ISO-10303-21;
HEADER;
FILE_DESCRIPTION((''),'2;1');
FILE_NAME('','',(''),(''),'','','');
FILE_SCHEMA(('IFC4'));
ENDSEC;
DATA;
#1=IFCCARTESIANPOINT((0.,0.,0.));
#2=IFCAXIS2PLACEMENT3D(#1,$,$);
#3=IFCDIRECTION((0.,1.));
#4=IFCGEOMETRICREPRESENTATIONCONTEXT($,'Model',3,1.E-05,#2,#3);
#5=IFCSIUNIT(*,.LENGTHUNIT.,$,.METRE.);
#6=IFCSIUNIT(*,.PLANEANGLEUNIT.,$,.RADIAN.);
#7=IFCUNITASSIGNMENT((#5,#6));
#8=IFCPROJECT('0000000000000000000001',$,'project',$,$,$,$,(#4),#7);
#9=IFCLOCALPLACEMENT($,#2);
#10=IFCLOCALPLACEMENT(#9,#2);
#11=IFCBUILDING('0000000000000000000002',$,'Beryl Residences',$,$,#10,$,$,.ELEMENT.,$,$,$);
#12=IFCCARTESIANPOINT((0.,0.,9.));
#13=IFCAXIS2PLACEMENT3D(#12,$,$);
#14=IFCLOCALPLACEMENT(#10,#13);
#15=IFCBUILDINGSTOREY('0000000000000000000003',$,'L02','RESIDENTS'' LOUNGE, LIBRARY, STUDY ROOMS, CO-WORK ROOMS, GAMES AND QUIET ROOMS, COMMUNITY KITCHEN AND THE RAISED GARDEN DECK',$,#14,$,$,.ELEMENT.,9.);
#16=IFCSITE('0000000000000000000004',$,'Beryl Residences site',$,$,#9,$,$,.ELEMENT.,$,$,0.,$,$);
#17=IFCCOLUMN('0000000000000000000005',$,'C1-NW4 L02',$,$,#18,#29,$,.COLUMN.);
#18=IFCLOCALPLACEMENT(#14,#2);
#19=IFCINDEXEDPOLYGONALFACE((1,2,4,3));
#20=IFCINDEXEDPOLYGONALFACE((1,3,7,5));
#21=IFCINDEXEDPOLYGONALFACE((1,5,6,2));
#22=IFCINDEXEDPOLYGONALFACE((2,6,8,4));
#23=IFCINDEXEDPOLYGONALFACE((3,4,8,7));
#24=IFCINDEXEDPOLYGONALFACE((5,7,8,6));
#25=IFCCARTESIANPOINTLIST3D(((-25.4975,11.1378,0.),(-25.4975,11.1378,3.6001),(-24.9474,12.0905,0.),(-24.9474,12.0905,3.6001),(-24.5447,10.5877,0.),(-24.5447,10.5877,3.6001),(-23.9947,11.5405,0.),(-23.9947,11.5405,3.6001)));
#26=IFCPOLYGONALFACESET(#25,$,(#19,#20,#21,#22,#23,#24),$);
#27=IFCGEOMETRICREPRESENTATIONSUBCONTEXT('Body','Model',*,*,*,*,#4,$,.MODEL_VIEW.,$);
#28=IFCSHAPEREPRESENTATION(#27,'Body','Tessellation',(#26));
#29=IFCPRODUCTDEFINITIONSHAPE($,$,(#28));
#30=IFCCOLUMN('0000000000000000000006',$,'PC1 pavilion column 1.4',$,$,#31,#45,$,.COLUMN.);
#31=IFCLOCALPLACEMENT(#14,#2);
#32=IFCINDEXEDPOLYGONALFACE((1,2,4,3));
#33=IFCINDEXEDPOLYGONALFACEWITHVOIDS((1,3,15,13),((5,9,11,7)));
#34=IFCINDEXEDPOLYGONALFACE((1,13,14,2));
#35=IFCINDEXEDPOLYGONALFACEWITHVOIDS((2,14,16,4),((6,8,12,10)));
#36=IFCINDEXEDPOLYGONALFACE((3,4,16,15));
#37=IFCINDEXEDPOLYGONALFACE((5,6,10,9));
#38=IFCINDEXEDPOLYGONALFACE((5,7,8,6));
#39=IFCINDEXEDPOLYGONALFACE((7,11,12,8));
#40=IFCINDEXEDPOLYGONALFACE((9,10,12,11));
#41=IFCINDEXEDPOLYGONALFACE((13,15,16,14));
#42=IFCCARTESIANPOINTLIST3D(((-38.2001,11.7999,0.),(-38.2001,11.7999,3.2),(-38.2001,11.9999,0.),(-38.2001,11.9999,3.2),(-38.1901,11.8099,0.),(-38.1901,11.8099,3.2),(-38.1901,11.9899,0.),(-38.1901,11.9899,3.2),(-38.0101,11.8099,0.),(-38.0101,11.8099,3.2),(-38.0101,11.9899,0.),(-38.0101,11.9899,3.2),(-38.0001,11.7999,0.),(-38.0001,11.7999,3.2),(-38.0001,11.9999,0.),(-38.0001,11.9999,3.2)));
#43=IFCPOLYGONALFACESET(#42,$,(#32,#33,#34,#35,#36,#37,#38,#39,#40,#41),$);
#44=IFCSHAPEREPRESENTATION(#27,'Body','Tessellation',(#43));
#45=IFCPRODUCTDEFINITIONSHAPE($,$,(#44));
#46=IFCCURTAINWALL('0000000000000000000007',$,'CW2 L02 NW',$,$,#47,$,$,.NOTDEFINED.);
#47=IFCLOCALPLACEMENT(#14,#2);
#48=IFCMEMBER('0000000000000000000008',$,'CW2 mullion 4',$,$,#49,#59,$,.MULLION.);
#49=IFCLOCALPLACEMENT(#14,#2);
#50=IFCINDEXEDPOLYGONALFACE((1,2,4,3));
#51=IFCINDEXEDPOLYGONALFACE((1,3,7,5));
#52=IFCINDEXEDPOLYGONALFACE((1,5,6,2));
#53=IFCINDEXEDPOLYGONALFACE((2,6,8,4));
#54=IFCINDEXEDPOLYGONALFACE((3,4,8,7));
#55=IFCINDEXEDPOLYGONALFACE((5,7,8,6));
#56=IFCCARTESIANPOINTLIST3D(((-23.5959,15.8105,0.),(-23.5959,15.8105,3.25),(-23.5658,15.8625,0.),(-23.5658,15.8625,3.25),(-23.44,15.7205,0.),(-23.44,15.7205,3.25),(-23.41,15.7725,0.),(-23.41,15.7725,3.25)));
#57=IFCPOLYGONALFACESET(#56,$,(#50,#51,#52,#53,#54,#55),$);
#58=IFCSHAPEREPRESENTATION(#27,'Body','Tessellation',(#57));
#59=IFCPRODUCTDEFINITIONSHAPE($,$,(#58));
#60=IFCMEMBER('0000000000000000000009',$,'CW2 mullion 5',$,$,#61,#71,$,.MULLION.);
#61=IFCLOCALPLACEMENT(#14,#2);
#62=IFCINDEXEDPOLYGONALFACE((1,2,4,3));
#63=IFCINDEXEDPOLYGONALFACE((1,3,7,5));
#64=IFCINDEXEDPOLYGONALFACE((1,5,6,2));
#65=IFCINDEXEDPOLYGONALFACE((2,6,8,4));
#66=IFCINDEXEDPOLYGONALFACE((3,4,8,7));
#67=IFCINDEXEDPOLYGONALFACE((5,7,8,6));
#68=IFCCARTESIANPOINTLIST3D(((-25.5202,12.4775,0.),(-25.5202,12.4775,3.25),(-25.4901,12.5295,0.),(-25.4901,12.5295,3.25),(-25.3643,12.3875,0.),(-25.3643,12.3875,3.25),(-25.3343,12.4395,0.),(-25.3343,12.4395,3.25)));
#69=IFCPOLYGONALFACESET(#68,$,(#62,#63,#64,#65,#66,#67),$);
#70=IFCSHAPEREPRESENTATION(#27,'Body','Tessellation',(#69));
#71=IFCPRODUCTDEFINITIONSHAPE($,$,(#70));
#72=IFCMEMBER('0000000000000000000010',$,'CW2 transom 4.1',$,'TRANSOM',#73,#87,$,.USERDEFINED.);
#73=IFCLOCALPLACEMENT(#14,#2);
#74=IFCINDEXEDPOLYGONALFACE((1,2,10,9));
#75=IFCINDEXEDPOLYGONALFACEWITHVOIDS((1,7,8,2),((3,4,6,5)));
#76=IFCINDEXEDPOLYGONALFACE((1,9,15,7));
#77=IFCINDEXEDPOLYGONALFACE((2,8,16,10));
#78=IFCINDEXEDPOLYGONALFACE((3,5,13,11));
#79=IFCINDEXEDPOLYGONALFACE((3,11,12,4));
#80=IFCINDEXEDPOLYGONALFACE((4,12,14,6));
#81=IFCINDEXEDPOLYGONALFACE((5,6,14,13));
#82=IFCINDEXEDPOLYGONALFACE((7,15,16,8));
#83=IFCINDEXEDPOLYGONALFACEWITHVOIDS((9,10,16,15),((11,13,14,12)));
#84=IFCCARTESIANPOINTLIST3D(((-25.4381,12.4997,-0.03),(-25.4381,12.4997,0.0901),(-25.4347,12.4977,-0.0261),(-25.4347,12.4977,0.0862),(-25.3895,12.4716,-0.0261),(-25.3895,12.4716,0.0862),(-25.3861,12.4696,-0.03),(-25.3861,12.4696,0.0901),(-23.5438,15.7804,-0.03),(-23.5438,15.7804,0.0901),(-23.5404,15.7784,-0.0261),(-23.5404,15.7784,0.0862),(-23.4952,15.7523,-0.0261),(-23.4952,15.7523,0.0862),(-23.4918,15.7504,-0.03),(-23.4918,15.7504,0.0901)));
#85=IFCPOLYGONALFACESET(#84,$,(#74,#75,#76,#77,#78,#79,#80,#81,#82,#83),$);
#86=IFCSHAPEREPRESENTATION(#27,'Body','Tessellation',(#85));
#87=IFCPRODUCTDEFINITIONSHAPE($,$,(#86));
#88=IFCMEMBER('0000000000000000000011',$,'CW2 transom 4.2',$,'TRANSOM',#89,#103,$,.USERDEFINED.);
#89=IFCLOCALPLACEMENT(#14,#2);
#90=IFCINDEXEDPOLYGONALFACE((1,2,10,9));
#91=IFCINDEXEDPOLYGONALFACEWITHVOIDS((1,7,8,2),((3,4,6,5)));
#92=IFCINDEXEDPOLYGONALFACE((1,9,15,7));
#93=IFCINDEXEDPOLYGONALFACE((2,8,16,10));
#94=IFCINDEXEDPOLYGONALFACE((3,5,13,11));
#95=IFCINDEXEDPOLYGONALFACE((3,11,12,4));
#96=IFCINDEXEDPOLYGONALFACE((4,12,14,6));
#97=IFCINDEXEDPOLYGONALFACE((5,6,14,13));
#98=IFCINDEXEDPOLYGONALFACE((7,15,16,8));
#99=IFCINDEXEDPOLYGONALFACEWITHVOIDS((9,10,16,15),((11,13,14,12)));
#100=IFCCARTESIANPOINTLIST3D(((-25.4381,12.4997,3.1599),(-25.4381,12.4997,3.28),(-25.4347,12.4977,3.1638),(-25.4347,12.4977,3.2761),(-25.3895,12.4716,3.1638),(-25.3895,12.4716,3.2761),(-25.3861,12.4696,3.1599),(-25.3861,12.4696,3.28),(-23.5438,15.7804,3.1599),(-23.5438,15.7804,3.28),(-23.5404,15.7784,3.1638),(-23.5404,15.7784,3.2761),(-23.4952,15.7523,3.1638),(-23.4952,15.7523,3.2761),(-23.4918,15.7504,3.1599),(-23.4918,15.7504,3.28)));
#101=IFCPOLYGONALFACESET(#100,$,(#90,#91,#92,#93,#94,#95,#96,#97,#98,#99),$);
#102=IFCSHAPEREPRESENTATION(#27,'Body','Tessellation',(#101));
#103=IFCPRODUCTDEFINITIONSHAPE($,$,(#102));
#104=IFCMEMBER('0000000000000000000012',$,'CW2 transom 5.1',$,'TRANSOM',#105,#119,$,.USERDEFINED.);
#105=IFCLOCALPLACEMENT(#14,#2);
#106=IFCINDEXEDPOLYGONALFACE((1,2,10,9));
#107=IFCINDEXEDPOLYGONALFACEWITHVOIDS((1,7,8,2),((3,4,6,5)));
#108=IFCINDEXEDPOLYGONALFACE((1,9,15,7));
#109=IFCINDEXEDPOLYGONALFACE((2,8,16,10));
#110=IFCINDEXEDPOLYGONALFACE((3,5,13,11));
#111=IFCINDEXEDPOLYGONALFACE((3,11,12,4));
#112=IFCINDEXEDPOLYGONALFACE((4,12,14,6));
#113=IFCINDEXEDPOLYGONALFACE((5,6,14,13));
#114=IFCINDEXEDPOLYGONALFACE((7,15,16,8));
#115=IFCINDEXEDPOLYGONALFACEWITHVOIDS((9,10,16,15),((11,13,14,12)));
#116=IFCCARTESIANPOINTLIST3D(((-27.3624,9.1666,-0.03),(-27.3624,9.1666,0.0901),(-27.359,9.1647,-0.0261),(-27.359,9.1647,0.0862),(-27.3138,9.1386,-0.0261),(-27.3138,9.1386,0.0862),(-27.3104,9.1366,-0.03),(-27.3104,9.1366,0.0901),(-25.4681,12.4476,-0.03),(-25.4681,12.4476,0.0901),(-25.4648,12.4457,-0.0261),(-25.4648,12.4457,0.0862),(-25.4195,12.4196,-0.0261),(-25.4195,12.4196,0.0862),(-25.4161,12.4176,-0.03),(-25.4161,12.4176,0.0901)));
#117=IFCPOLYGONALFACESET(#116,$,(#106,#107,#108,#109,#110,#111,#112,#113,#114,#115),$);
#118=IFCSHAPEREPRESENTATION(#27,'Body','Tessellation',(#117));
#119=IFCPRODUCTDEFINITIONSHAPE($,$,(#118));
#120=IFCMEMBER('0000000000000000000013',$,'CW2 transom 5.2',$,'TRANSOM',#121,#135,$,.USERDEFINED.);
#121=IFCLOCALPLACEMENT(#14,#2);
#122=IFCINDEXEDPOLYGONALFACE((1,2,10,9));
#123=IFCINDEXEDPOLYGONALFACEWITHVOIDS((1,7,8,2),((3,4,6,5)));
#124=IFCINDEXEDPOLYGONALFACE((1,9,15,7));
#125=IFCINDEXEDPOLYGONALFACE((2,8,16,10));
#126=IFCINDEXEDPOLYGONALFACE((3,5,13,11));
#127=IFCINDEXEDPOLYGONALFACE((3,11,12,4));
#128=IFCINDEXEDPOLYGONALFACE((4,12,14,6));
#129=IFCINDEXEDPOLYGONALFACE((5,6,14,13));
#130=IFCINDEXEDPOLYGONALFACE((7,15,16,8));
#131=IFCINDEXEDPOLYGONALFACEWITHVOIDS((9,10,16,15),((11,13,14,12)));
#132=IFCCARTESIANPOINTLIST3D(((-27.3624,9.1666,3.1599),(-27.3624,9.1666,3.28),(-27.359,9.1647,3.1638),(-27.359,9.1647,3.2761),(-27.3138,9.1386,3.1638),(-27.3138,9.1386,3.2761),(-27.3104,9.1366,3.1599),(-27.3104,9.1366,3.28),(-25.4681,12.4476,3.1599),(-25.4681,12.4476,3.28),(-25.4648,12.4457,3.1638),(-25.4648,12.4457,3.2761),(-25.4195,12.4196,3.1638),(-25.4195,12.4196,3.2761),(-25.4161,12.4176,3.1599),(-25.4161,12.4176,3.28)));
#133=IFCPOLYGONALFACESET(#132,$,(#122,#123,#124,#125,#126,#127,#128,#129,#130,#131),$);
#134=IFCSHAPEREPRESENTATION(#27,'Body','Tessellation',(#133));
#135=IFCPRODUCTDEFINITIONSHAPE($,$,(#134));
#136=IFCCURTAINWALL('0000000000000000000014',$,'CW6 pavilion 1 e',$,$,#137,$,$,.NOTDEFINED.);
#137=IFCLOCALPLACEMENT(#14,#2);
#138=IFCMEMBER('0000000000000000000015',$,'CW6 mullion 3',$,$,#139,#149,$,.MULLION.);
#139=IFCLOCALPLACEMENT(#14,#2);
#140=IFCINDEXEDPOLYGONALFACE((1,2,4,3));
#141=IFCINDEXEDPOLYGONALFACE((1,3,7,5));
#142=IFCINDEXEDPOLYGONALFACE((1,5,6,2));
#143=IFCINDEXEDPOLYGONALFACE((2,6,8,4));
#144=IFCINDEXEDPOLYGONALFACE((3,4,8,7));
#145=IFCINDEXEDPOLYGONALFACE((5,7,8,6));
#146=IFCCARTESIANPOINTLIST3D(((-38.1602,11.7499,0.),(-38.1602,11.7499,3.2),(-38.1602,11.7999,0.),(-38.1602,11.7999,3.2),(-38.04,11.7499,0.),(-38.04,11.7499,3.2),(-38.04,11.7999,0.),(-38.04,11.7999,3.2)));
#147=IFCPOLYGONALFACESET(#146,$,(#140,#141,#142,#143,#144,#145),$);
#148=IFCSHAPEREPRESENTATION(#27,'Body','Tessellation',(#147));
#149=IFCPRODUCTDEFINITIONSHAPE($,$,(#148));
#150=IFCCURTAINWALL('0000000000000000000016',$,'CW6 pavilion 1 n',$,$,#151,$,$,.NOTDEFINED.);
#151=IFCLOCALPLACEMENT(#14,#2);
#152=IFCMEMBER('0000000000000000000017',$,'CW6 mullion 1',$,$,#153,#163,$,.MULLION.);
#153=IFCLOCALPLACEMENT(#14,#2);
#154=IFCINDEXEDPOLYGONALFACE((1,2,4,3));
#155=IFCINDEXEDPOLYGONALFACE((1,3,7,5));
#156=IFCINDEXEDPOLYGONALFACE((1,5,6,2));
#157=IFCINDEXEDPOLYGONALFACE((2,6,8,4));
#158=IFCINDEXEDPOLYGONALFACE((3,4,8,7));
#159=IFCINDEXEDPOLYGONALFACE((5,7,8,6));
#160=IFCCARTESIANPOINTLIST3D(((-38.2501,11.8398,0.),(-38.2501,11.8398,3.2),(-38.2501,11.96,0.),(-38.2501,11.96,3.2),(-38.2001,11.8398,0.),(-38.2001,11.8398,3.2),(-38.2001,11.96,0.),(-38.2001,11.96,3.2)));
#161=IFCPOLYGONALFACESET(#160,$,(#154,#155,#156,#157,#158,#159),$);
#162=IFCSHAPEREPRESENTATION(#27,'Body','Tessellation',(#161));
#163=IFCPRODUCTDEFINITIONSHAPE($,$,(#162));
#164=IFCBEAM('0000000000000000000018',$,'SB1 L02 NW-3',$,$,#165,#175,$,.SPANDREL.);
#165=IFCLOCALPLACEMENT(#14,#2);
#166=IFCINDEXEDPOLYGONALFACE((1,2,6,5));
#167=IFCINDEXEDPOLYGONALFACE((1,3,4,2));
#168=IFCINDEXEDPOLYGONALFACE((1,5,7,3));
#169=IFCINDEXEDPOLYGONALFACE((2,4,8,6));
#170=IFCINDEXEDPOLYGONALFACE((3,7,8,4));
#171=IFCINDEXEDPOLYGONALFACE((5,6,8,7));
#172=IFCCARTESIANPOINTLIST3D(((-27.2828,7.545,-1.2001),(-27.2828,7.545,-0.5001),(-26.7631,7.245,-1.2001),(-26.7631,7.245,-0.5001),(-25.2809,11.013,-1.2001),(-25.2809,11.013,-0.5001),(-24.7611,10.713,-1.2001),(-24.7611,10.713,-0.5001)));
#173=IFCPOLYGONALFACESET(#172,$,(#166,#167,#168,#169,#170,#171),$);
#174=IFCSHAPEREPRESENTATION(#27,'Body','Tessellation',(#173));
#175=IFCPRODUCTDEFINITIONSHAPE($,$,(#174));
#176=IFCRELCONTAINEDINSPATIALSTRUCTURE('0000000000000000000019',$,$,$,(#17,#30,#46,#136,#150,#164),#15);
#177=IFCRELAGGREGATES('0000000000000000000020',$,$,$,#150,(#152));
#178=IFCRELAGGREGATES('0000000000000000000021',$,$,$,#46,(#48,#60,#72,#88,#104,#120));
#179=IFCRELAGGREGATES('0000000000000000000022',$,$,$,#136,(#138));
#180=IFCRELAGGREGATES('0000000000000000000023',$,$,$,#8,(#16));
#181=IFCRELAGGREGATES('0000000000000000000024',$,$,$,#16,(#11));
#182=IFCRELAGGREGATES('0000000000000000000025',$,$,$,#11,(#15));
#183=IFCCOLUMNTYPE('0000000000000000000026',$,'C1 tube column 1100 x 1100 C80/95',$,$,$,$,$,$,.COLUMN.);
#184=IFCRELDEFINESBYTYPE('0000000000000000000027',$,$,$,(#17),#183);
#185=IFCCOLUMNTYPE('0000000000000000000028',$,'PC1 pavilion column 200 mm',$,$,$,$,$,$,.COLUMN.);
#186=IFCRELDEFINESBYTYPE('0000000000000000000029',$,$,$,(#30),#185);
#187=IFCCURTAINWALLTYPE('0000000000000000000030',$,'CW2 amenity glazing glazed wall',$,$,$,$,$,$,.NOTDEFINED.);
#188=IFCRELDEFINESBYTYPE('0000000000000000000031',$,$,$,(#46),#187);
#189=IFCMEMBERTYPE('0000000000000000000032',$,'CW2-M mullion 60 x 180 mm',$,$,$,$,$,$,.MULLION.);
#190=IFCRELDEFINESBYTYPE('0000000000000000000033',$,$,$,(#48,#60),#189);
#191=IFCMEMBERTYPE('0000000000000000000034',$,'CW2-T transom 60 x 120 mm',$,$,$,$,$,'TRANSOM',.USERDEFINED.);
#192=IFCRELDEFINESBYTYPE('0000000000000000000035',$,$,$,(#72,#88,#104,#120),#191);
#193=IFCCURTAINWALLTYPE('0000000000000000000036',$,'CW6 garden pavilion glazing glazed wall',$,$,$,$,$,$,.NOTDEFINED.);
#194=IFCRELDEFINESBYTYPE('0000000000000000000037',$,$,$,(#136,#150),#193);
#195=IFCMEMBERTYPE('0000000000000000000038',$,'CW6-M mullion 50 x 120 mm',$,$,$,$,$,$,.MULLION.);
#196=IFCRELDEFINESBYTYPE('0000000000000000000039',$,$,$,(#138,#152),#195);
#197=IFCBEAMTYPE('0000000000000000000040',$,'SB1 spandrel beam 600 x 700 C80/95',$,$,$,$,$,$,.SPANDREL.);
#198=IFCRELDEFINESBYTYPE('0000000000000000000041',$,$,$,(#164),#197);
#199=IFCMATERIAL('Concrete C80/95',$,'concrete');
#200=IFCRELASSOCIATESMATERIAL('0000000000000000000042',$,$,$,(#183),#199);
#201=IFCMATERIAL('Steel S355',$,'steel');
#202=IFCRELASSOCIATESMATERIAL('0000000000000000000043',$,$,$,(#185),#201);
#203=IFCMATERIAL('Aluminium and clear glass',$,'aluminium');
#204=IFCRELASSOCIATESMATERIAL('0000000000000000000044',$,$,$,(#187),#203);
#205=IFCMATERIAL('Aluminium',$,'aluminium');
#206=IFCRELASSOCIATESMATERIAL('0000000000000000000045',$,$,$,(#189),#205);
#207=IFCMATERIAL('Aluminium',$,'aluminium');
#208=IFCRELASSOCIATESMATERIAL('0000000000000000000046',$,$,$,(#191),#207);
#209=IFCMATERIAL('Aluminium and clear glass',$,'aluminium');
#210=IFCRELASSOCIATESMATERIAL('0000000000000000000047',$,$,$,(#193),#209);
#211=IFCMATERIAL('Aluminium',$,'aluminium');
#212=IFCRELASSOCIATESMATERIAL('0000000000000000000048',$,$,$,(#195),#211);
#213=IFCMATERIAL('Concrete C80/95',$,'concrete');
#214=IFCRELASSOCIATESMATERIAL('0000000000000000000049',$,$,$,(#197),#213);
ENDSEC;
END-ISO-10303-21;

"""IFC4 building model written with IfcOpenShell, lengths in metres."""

from ifc_helpers import new_model, si_unit, direction, frame, origin, origin_2d, place, context, subcontext, project, spatial, rectangle, hollow_rectangle, extrude, material, material_profile, profile_set, type_object, element, aggregate, save


model = new_model("IFC4")

# Units and contexts
model_context = context("Model", 3, precision=1e-05, world=origin(), true_north=direction((0.0, 1.0)))
body_context = subcontext(model_context, "Body", "Model", "MODEL_VIEW")
ifc_project = project(units=[si_unit("LENGTHUNIT", "METRE"), si_unit("PLANEANGLEUNIT", "RADIAN")], contexts=[model_context])

# Site, building, storey
site_placement = place(None, origin())
site = spatial("IfcSite", under=ifc_project, at=site_placement, Name="Beryl Residences site", CompositionType="ELEMENT", RefElevation=0.0)
building_placement = place(site_placement, origin())
building = spatial("IfcBuilding", under=site, at=building_placement, Name="Beryl Residences", CompositionType="ELEMENT")
storey_placement = place(building_placement, frame((0.0, 0.0, 9.0)))
storey = spatial("IfcBuildingStorey", under=building, at=storey_placement, Name="L02", Description="RESIDENTS' LOUNGE, LIBRARY, STUDY ROOMS, CO-WORK ROOMS, GAMES AND QUIET ROOMS, COMMUNITY KITCHEN AND THE RAISED GARDEN DECK", CompositionType="ELEMENT", Elevation=9.0)

# Columns
ifc_material_1 = material(Name="Concrete C80/95", Category="concrete")
ifc_material_profile_1 = material_profile(ifc_material_1, rectangle(XDim=1.1001, YDim=1.1001, at=origin_2d()))
ifc_profile_set_1 = profile_set([ifc_material_profile_1], Name="Concrete C80/95")
column_type_1 = type_object("IfcColumnType", Name="C1 tube column 1100 x 1100 C80/95", PredefinedType="COLUMN", material=ifc_profile_set_1)
column_1_placement = place(storey_placement, frame((-24.7461, 11.3391, 0.0), z_axis=(0.0, 0.0, 1.0), x_axis=(-0.499985, -0.866034, 0.0)))
element("IfcColumn", 1, at=column_1_placement, inside=storey, type_object=column_type_1, Name="C1-NW4 L02", PredefinedType="COLUMN", context=body_context, shape_type="SweptSolid", body=[
    extrude(rectangle(XDim=1.1001, YDim=1.1001, at=origin_2d()), origin(), (0.0, 0.0, 1.0), 3.6001),
])
ifc_material_2 = material(Name="Steel S355", Category="steel")
ifc_material_profile_2 = material_profile(ifc_material_2, hollow_rectangle(XDim=0.2, YDim=0.2, WallThickness=0.01, at=origin_2d()))
ifc_profile_set_2 = profile_set([ifc_material_profile_2], Name="Steel S355")
column_type_2 = type_object("IfcColumnType", Name="PC1 pavilion column 200 mm", PredefinedType="COLUMN", material=ifc_profile_set_2)
column_2_placement = place(storey_placement, frame((-38.1001, 11.8999, 0.0), z_axis=(0.0, 0.0, 1.0), x_axis=(1.0, 0.0, 0.0)))
element("IfcColumn", 2, at=column_2_placement, inside=storey, type_object=column_type_2, Name="PC1 pavilion column 1.4", PredefinedType="COLUMN", context=body_context, shape_type="SweptSolid", body=[
    extrude(hollow_rectangle(XDim=0.2, YDim=0.2, WallThickness=0.01, at=origin_2d()), origin(), (0.0, 0.0, 1.0), 3.2),
])

# Curtain wall, members
ifc_material_3 = material(Name="Aluminium and clear glass", Category="aluminium")
curtain_wall_type_1 = type_object("IfcCurtainWallType", Name="CW2 amenity glazing glazed wall", PredefinedType="NOTDEFINED", material=ifc_material_3)
curtain_wall_1_placement = place(storey_placement, origin())
curtain_wall_1 = element("IfcCurtainWall", 3, at=curtain_wall_1_placement, inside=storey, type_object=curtain_wall_type_1, Name="CW2 L02 NW", PredefinedType="NOTDEFINED")
ifc_material_4 = material(Name="Aluminium", Category="aluminium")
ifc_material_profile_3 = material_profile(ifc_material_4, rectangle(XDim=0.0601, YDim=0.1799, at=origin_2d()))
ifc_profile_set_3 = profile_set([ifc_material_profile_3], Name="Aluminium")
member_type_1 = type_object("IfcMemberType", Name="CW2-M mullion 60 x 180 mm", PredefinedType="MULLION", material=ifc_profile_set_3)
member_1_placement = place(storey_placement, frame((-23.5029, 15.7915, 0.0), z_axis=(0.0, 0.0, 1.0), x_axis=(-0.500012, -0.866019, 0.0)))
member_1 = element("IfcMember", 4, at=member_1_placement, type_object=member_type_1, Name="CW2 mullion 4", PredefinedType="MULLION", context=body_context, shape_type="SweptSolid", body=[
    extrude(rectangle(XDim=0.0601, YDim=0.1799, at=origin_2d()), origin(), (0.0, 0.0, 1.0), 3.25),
])
member_2_placement = place(storey_placement, frame((-25.4272, 12.4585, 0.0), z_axis=(0.0, 0.0, 1.0), x_axis=(-0.500012, -0.866019, 0.0)))
member_2 = element("IfcMember", 5, at=member_2_placement, type_object=member_type_1, Name="CW2 mullion 5", PredefinedType="MULLION", context=body_context, shape_type="SweptSolid", body=[
    extrude(rectangle(XDim=0.0601, YDim=0.1799, at=origin_2d()), origin(), (0.0, 0.0, 1.0), 3.25),
])
ifc_material_5 = material(Name="Aluminium", Category="aluminium")
ifc_material_profile_4 = material_profile(ifc_material_5, hollow_rectangle(XDim=0.0601, YDim=0.1201, WallThickness=0.0039, at=origin_2d()))
ifc_profile_set_4 = profile_set([ifc_material_profile_4], Name="Aluminium")
member_type_2 = type_object("IfcMemberType", Name="CW2-T transom 60 x 120 mm", ElementType="TRANSOM", PredefinedType="USERDEFINED", material=ifc_profile_set_4)
member_3_placement = place(storey_placement, frame((-23.5178, 15.7654, 0.03), z_axis=(-0.500027, -0.86601, 0.0), x_axis=(0.86601, -0.500027, 0.0)))
member_3 = element("IfcMember", 6, at=member_3_placement, type_object=member_type_2, Name="CW2 transom 4.1", ObjectType="TRANSOM", PredefinedType="USERDEFINED", context=body_context, shape_type="SweptSolid", body=[
    extrude(hollow_rectangle(XDim=0.0601, YDim=0.1201, WallThickness=0.0039, at=origin_2d()), origin(), (0.0, 0.0, 1.0), 3.7883),
])
member_4_placement = place(storey_placement, frame((-23.5178, 15.7654, 3.22), z_axis=(-0.500027, -0.86601, 0.0), x_axis=(0.86601, -0.500027, 0.0)))
member_4 = element("IfcMember", 7, at=member_4_placement, type_object=member_type_2, Name="CW2 transom 4.2", ObjectType="TRANSOM", PredefinedType="USERDEFINED", context=body_context, shape_type="SweptSolid", body=[
    extrude(hollow_rectangle(XDim=0.0601, YDim=0.1201, WallThickness=0.0039, at=origin_2d()), origin(), (0.0, 0.0, 1.0), 3.7883),
])
member_5_placement = place(storey_placement, frame((-25.4421, 12.4326, 0.03), z_axis=(-0.5, -0.866026, 0.0), x_axis=(0.866026, -0.5, 0.0)))
member_5 = element("IfcMember", 8, at=member_5_placement, type_object=member_type_2, Name="CW2 transom 5.1", ObjectType="TRANSOM", PredefinedType="USERDEFINED", context=body_context, shape_type="SweptSolid", body=[
    extrude(hollow_rectangle(XDim=0.0601, YDim=0.1201, WallThickness=0.0039, at=origin_2d()), origin(), (0.0, 0.0, 1.0), 3.7886),
])
member_6_placement = place(storey_placement, frame((-25.4421, 12.4326, 3.22), z_axis=(-0.5, -0.866026, 0.0), x_axis=(0.866026, -0.5, 0.0)))
member_6 = element("IfcMember", 9, at=member_6_placement, type_object=member_type_2, Name="CW2 transom 5.2", ObjectType="TRANSOM", PredefinedType="USERDEFINED", context=body_context, shape_type="SweptSolid", body=[
    extrude(hollow_rectangle(XDim=0.0601, YDim=0.1201, WallThickness=0.0039, at=origin_2d()), origin(), (0.0, 0.0, 1.0), 3.7886),
])

# Curtain walls, members
ifc_material_6 = material(Name="Aluminium and clear glass", Category="aluminium")
curtain_wall_type_2 = type_object("IfcCurtainWallType", Name="CW6 garden pavilion glazing glazed wall", PredefinedType="NOTDEFINED", material=ifc_material_6)
curtain_wall_2_placement = place(storey_placement, origin())
curtain_wall_2 = element("IfcCurtainWall", 10, at=curtain_wall_2_placement, inside=storey, type_object=curtain_wall_type_2, Name="CW6 pavilion 1 e", PredefinedType="NOTDEFINED")
ifc_material_7 = material(Name="Aluminium", Category="aluminium")
ifc_material_profile_5 = material_profile(ifc_material_7, rectangle(XDim=0.05, YDim=0.1201, at=origin_2d()))
ifc_profile_set_5 = profile_set([ifc_material_profile_5], Name="Aluminium")
member_type_3 = type_object("IfcMemberType", Name="CW6-M mullion 50 x 120 mm", PredefinedType="MULLION", material=ifc_profile_set_5)
member_7_placement = place(storey_placement, frame((-38.1001, 11.7749, 0.0), z_axis=(0.0, 0.0, 1.0), x_axis=(0.0, 1.0, 0.0)))
member_7 = element("IfcMember", 11, at=member_7_placement, type_object=member_type_3, Name="CW6 mullion 3", PredefinedType="MULLION", context=body_context, shape_type="SweptSolid", body=[
    extrude(rectangle(XDim=0.05, YDim=0.1201, at=origin_2d()), origin(), (0.0, 0.0, 1.0), 3.2),
])
curtain_wall_3_placement = place(storey_placement, origin())
curtain_wall_3 = element("IfcCurtainWall", 12, at=curtain_wall_3_placement, inside=storey, type_object=curtain_wall_type_2, Name="CW6 pavilion 1 n", PredefinedType="NOTDEFINED")
member_8_placement = place(storey_placement, frame((-38.2251, 11.8999, 0.0), z_axis=(0.0, 0.0, 1.0), x_axis=(-1.0, 0.0, 0.0)))
member_8 = element("IfcMember", 13, at=member_8_placement, type_object=member_type_3, Name="CW6 mullion 1", PredefinedType="MULLION", context=body_context, shape_type="SweptSolid", body=[
    extrude(rectangle(XDim=0.05, YDim=0.1201, at=origin_2d()), origin(), (0.0, 0.0, 1.0), 3.2),
])
aggregate(curtain_wall_3, [member_8])

# Beam
ifc_material_8 = material(Name="Concrete C80/95", Category="concrete")
ifc_material_profile_6 = material_profile(ifc_material_8, rectangle(XDim=0.6001, YDim=0.7, at=origin_2d()))
ifc_profile_set_6 = profile_set([ifc_material_profile_6], Name="Concrete C80/95")
beam_type = type_object("IfcBeamType", Name="SB1 spandrel beam 600 x 700 C80/95", PredefinedType="SPANDREL", material=ifc_profile_set_6)
beam_placement = place(storey_placement, frame((-25.021, 10.863, -0.8501), z_axis=(-0.499942, -0.866059, 0.0), x_axis=(0.866059, -0.499942, 0.0)))
element("IfcBeam", 14, at=beam_placement, inside=storey, type_object=beam_type, Name="SB1 L02 NW-3", PredefinedType="SPANDREL", context=body_context, shape_type="SweptSolid", body=[
    extrude(rectangle(XDim=0.6001, YDim=0.7, at=origin_2d()), origin(), (0.0, 0.0, 1.0), 4.0044),
])

aggregate(curtain_wall_1, [member_1, member_2, member_3, member_4, member_5, member_6])
aggregate(curtain_wall_2, [member_7])

save(model, "model.ifc")
